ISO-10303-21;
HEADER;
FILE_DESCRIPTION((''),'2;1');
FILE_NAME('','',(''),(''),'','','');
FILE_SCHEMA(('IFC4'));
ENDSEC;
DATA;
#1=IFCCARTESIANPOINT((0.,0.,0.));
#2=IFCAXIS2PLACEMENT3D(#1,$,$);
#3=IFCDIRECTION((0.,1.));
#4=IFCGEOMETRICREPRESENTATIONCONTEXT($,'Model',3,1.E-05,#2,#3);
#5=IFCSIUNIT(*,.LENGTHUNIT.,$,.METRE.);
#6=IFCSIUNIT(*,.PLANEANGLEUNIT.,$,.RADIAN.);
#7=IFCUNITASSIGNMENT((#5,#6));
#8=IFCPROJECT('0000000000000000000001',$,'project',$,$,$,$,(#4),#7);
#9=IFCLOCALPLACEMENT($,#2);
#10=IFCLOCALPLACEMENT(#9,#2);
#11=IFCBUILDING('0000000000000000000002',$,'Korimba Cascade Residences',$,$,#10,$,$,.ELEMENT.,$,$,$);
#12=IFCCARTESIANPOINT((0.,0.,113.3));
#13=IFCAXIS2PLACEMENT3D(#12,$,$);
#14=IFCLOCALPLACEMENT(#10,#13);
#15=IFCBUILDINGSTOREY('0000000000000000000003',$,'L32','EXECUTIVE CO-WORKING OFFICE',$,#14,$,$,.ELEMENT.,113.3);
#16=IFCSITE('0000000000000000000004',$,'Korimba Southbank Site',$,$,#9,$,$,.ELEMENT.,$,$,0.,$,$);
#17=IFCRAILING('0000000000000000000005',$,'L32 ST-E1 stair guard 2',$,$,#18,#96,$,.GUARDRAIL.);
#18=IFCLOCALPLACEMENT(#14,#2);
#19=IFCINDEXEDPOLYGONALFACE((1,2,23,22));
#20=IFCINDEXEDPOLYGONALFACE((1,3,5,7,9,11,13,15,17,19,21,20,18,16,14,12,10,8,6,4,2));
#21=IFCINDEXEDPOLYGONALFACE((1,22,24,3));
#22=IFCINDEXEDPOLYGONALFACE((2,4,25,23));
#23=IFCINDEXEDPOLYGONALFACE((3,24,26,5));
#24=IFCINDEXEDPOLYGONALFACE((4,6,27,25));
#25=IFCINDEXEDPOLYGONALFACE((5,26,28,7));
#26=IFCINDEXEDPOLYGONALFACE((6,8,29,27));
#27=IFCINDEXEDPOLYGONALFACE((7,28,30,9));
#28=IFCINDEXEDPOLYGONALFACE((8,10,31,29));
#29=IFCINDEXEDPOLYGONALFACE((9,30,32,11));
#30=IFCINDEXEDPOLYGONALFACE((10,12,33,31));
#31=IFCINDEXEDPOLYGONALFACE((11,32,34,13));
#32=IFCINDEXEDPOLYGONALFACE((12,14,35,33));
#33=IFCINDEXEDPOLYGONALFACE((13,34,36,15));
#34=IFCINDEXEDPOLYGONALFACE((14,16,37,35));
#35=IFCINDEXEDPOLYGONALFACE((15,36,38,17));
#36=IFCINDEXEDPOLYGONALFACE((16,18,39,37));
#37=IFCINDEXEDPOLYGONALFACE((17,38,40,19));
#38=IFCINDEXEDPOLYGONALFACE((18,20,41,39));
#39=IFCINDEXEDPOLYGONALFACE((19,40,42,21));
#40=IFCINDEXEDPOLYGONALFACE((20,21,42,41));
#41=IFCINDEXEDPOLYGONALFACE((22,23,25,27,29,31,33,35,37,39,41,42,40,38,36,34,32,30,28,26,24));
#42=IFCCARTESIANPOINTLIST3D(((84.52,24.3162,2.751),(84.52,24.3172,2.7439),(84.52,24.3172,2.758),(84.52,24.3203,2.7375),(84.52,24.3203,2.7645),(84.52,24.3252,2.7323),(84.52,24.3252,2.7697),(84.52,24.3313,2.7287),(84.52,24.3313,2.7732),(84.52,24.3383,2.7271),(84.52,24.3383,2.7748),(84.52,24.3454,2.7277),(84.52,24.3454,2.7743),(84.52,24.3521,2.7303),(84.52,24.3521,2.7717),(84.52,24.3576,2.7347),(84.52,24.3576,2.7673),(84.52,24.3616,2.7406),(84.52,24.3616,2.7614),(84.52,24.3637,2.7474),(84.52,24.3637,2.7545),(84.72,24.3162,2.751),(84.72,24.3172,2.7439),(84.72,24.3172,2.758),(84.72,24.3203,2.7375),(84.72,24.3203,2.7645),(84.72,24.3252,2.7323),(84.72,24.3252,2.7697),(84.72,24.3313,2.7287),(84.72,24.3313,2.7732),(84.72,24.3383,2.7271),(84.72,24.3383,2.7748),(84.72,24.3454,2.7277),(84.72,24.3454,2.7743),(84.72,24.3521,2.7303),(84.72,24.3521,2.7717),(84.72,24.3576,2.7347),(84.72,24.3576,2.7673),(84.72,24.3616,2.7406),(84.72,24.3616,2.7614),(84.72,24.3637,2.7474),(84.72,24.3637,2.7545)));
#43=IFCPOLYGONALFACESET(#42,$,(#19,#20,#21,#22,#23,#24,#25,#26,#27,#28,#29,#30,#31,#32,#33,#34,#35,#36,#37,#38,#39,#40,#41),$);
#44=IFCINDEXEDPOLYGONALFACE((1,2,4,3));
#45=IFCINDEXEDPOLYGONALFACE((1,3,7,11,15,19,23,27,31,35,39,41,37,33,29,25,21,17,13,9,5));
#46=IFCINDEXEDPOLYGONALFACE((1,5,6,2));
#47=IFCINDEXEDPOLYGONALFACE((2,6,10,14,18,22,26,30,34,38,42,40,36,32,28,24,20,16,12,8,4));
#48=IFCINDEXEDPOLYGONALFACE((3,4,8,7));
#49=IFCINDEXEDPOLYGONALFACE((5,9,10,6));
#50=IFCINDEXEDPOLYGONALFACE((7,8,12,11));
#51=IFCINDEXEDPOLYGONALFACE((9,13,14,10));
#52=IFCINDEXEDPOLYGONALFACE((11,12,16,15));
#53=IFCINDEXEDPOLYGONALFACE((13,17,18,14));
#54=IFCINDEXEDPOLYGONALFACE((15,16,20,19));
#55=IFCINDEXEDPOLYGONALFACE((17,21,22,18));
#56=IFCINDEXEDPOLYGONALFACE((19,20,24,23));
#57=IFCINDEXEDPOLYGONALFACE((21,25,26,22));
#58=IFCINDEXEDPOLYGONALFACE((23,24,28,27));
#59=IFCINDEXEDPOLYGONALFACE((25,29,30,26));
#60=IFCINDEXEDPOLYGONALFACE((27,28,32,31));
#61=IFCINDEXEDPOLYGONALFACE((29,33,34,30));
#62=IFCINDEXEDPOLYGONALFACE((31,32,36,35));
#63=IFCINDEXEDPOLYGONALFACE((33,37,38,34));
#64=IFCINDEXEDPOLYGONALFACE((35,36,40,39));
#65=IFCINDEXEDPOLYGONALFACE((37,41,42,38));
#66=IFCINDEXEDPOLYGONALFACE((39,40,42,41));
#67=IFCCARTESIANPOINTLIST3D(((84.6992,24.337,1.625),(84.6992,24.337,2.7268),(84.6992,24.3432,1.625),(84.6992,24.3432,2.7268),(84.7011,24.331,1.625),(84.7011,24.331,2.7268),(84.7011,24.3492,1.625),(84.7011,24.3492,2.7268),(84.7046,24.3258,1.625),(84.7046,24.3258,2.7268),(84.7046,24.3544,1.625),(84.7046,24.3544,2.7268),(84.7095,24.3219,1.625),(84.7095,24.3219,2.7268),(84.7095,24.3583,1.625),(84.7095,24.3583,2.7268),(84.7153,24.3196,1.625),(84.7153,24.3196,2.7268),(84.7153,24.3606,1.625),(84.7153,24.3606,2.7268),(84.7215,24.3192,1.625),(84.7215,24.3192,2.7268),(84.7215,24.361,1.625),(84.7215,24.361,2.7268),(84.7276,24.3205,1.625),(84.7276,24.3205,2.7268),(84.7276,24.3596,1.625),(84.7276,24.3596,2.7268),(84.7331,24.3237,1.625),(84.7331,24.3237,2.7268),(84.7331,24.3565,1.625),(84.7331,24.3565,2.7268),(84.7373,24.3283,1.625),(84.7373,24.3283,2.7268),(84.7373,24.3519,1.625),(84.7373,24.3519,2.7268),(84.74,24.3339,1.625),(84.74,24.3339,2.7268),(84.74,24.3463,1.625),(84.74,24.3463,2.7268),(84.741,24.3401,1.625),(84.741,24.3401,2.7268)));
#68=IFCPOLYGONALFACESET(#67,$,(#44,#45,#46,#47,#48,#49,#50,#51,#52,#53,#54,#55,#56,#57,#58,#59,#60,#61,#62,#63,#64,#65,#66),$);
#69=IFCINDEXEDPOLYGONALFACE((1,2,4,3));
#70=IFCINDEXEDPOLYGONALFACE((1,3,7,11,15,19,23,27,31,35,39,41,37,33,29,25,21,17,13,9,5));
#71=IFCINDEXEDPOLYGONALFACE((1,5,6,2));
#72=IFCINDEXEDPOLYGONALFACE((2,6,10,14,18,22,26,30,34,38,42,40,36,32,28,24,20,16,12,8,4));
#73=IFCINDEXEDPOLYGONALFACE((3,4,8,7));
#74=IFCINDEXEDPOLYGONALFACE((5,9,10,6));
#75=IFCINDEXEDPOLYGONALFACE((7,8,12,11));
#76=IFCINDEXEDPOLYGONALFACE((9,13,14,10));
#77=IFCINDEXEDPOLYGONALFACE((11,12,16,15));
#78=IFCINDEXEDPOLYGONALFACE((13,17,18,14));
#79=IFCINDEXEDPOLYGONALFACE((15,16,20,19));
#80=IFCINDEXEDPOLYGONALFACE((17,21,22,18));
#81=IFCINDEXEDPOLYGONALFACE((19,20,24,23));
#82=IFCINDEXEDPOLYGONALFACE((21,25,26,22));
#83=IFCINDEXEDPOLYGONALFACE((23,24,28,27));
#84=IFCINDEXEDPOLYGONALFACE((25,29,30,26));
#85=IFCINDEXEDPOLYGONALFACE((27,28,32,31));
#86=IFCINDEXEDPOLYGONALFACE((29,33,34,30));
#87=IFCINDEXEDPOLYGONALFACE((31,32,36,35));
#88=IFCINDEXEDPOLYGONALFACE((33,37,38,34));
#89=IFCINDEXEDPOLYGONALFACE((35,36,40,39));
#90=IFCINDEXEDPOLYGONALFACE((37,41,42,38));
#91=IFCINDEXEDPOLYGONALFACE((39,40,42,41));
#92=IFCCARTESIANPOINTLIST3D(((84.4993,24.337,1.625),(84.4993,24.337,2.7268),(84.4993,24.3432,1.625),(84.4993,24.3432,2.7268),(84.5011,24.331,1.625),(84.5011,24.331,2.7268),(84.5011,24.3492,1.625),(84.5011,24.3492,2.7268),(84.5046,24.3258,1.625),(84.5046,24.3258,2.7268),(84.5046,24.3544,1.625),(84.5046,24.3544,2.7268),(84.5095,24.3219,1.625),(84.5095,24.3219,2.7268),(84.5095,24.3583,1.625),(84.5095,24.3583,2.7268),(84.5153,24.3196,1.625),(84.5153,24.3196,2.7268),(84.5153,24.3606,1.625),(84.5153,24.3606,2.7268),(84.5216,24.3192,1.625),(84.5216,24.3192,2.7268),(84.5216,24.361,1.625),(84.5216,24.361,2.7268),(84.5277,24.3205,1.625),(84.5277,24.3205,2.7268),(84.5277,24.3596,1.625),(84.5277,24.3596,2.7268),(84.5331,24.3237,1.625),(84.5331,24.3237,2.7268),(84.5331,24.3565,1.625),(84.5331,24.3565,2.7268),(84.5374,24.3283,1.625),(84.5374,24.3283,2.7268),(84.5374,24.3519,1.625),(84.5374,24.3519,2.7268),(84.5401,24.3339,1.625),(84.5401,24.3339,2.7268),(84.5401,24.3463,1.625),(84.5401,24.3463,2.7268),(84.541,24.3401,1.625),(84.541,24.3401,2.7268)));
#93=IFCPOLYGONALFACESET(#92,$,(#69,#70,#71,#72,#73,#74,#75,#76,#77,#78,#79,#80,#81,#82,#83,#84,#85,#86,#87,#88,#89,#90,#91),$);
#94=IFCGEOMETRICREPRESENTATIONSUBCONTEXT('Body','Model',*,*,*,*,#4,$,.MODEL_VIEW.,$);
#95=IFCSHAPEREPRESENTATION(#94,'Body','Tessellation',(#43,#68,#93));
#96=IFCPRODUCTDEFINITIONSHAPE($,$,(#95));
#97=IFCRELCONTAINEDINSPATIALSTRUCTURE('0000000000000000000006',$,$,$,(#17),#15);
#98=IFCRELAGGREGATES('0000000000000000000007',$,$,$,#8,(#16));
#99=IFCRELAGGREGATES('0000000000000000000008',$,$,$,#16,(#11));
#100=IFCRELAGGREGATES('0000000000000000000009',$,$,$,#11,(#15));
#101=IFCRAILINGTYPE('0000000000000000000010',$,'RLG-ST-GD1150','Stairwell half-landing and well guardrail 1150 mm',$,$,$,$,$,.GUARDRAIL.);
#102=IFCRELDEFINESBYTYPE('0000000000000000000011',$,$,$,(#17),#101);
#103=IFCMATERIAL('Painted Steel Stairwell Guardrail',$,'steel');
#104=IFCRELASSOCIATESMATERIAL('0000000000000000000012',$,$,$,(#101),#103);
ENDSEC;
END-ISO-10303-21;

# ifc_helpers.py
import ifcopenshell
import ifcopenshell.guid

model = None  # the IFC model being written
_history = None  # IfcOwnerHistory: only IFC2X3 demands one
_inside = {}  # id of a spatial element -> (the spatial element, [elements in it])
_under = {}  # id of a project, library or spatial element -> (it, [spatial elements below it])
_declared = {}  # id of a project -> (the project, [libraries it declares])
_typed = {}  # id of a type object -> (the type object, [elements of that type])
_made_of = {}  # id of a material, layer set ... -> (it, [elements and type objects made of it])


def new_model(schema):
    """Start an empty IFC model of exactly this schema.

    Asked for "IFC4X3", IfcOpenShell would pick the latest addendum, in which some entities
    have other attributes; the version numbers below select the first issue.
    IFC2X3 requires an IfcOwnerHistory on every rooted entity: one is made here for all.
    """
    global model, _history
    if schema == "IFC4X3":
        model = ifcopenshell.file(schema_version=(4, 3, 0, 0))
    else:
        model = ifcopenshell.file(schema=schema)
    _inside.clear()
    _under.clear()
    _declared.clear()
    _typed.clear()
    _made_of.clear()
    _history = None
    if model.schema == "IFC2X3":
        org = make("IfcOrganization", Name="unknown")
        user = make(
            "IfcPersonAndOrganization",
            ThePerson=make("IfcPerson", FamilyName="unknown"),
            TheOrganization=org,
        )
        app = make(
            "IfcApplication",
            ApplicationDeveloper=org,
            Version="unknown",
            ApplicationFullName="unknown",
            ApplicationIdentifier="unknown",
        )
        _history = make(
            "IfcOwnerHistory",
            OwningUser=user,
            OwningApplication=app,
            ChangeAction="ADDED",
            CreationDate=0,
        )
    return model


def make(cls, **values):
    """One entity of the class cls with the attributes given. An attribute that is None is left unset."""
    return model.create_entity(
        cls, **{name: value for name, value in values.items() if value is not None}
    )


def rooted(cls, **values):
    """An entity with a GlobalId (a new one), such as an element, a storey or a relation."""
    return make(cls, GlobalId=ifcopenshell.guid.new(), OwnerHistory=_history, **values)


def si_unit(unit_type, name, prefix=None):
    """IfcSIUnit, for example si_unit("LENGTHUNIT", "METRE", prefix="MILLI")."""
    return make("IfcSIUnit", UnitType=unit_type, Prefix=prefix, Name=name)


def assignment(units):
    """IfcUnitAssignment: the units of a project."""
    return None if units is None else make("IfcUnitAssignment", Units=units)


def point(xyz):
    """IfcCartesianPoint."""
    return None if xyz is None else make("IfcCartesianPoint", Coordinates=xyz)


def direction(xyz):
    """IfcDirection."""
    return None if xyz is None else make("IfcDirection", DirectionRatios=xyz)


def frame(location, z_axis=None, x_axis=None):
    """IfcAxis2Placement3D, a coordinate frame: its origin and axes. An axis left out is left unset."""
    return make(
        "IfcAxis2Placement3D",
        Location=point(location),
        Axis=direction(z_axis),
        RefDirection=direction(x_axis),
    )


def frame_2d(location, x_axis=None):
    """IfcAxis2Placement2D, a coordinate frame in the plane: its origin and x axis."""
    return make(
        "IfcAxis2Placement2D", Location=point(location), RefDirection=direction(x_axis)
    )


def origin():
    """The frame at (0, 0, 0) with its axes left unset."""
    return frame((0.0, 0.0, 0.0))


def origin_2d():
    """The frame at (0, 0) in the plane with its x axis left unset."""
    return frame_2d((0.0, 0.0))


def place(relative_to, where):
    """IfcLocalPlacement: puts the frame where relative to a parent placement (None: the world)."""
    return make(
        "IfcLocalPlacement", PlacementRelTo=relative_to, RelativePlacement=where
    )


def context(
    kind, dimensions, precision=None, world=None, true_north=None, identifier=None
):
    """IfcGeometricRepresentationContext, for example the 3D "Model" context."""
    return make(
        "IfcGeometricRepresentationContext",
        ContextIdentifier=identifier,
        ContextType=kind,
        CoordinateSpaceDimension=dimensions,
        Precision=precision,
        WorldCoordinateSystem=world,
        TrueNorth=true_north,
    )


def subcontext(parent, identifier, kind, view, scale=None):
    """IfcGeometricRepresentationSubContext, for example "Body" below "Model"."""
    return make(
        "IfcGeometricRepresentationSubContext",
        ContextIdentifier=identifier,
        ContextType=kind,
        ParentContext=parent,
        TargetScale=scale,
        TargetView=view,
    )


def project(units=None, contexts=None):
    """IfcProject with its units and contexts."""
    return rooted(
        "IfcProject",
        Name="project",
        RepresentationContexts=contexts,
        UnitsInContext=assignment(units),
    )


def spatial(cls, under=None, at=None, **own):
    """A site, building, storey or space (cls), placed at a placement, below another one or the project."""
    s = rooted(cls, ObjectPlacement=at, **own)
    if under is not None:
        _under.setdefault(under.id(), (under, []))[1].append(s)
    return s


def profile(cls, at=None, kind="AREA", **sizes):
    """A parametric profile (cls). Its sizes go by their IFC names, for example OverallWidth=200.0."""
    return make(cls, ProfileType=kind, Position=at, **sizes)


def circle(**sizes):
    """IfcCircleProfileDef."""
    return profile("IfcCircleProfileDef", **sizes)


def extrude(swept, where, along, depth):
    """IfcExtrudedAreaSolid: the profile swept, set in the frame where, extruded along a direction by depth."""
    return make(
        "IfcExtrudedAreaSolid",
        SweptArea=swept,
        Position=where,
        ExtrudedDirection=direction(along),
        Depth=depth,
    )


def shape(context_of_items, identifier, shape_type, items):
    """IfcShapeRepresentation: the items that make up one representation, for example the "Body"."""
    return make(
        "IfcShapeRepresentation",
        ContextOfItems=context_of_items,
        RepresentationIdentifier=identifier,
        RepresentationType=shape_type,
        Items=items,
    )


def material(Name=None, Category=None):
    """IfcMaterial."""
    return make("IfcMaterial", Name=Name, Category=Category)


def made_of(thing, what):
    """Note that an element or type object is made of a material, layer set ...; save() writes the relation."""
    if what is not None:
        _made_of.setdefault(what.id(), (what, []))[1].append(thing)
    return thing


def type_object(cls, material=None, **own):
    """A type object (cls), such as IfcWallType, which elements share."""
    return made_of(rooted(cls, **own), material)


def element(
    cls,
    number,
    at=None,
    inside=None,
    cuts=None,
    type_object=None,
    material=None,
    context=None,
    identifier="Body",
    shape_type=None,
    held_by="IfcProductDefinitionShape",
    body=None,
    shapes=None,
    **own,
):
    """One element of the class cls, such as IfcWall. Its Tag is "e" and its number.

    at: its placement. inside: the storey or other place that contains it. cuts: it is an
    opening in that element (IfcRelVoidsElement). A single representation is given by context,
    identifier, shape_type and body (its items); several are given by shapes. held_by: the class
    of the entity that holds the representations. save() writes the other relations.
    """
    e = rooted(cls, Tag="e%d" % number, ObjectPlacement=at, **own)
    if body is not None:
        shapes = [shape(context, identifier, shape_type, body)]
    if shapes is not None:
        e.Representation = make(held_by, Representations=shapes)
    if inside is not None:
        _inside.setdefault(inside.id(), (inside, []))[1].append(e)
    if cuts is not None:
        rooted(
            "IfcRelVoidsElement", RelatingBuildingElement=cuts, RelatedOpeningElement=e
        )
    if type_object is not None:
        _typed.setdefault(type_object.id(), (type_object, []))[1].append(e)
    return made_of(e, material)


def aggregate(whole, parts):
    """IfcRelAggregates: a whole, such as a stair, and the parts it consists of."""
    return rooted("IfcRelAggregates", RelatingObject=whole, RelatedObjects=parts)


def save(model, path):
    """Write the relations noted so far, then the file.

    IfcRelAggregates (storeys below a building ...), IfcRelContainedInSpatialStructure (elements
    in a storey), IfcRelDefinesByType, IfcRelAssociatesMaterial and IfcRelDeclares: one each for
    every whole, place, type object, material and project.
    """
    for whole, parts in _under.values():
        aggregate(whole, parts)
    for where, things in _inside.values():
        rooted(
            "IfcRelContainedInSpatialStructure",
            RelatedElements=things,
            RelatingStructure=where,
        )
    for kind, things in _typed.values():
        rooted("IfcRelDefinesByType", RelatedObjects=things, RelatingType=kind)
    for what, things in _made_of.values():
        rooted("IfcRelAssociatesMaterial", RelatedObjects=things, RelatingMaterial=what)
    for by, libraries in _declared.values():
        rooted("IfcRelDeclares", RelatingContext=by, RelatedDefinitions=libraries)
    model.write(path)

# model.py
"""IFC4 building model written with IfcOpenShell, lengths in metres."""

from ifc_helpers import new_model, si_unit, direction, frame, origin, origin_2d, place, context, subcontext, project, spatial, circle, extrude, material, type_object, element, save


model = new_model("IFC4")

# Units and contexts
model_context = context("Model", 3, precision=1e-05, world=origin(), true_north=direction((0.0, 1.0)))
body_context = subcontext(model_context, "Body", "Model", "MODEL_VIEW")
ifc_project = project(units=[si_unit("LENGTHUNIT", "METRE"), si_unit("PLANEANGLEUNIT", "RADIAN")], contexts=[model_context])

# Site, building, storey
site_placement = place(None, origin())
site = spatial("IfcSite", under=ifc_project, at=site_placement, Name="Korimba Southbank Site", CompositionType="ELEMENT", RefElevation=0.0)
building_placement = place(site_placement, origin())
building = spatial("IfcBuilding", under=site, at=building_placement, Name="Korimba Cascade Residences", CompositionType="ELEMENT")
storey_placement = place(building_placement, frame((0.0, 0.0, 113.3)))
storey = spatial("IfcBuildingStorey", under=building, at=storey_placement, Name="L32", Description="EXECUTIVE CO-WORKING OFFICE", CompositionType="ELEMENT", Elevation=113.3)

# Railing
ifc_material_1 = material(Name="Painted Steel Stairwell Guardrail", Category="steel")
railing_type_1 = type_object("IfcRailingType", Name="RLG-ST-GD1150", Description="Stairwell half-landing and well guardrail 1150 mm", PredefinedType="GUARDRAIL", material=ifc_material_1)
railing_1_placement = place(storey_placement, frame((84.72, 24.3401, 1.625)))
element("IfcRailing", 1, at=railing_1_placement, inside=storey, type_object=railing_type_1, Name="L32 ST-E1 stair guard 2", PredefinedType="GUARDRAIL", context=body_context, shape_type="SweptSolid", body=[
    extrude(circle(Radius=0.0239, at=origin_2d()), frame((0.0, 0.0, 1.126), z_axis=(-1.0, 0.0, 0.0), x_axis=(0.0, -1.0, 0.0)), (0.0, 0.0, 1.0), 0.2),
    extrude(circle(Radius=0.021, at=origin_2d()), origin(), (0.0, 0.0, 1.0), 1.1018),
    extrude(circle(Radius=0.021, at=origin_2d()), frame((-0.2, 0.0, 0.0)), (0.0, 0.0, 1.0), 1.1018),
])

save(model, "model.ifc")
